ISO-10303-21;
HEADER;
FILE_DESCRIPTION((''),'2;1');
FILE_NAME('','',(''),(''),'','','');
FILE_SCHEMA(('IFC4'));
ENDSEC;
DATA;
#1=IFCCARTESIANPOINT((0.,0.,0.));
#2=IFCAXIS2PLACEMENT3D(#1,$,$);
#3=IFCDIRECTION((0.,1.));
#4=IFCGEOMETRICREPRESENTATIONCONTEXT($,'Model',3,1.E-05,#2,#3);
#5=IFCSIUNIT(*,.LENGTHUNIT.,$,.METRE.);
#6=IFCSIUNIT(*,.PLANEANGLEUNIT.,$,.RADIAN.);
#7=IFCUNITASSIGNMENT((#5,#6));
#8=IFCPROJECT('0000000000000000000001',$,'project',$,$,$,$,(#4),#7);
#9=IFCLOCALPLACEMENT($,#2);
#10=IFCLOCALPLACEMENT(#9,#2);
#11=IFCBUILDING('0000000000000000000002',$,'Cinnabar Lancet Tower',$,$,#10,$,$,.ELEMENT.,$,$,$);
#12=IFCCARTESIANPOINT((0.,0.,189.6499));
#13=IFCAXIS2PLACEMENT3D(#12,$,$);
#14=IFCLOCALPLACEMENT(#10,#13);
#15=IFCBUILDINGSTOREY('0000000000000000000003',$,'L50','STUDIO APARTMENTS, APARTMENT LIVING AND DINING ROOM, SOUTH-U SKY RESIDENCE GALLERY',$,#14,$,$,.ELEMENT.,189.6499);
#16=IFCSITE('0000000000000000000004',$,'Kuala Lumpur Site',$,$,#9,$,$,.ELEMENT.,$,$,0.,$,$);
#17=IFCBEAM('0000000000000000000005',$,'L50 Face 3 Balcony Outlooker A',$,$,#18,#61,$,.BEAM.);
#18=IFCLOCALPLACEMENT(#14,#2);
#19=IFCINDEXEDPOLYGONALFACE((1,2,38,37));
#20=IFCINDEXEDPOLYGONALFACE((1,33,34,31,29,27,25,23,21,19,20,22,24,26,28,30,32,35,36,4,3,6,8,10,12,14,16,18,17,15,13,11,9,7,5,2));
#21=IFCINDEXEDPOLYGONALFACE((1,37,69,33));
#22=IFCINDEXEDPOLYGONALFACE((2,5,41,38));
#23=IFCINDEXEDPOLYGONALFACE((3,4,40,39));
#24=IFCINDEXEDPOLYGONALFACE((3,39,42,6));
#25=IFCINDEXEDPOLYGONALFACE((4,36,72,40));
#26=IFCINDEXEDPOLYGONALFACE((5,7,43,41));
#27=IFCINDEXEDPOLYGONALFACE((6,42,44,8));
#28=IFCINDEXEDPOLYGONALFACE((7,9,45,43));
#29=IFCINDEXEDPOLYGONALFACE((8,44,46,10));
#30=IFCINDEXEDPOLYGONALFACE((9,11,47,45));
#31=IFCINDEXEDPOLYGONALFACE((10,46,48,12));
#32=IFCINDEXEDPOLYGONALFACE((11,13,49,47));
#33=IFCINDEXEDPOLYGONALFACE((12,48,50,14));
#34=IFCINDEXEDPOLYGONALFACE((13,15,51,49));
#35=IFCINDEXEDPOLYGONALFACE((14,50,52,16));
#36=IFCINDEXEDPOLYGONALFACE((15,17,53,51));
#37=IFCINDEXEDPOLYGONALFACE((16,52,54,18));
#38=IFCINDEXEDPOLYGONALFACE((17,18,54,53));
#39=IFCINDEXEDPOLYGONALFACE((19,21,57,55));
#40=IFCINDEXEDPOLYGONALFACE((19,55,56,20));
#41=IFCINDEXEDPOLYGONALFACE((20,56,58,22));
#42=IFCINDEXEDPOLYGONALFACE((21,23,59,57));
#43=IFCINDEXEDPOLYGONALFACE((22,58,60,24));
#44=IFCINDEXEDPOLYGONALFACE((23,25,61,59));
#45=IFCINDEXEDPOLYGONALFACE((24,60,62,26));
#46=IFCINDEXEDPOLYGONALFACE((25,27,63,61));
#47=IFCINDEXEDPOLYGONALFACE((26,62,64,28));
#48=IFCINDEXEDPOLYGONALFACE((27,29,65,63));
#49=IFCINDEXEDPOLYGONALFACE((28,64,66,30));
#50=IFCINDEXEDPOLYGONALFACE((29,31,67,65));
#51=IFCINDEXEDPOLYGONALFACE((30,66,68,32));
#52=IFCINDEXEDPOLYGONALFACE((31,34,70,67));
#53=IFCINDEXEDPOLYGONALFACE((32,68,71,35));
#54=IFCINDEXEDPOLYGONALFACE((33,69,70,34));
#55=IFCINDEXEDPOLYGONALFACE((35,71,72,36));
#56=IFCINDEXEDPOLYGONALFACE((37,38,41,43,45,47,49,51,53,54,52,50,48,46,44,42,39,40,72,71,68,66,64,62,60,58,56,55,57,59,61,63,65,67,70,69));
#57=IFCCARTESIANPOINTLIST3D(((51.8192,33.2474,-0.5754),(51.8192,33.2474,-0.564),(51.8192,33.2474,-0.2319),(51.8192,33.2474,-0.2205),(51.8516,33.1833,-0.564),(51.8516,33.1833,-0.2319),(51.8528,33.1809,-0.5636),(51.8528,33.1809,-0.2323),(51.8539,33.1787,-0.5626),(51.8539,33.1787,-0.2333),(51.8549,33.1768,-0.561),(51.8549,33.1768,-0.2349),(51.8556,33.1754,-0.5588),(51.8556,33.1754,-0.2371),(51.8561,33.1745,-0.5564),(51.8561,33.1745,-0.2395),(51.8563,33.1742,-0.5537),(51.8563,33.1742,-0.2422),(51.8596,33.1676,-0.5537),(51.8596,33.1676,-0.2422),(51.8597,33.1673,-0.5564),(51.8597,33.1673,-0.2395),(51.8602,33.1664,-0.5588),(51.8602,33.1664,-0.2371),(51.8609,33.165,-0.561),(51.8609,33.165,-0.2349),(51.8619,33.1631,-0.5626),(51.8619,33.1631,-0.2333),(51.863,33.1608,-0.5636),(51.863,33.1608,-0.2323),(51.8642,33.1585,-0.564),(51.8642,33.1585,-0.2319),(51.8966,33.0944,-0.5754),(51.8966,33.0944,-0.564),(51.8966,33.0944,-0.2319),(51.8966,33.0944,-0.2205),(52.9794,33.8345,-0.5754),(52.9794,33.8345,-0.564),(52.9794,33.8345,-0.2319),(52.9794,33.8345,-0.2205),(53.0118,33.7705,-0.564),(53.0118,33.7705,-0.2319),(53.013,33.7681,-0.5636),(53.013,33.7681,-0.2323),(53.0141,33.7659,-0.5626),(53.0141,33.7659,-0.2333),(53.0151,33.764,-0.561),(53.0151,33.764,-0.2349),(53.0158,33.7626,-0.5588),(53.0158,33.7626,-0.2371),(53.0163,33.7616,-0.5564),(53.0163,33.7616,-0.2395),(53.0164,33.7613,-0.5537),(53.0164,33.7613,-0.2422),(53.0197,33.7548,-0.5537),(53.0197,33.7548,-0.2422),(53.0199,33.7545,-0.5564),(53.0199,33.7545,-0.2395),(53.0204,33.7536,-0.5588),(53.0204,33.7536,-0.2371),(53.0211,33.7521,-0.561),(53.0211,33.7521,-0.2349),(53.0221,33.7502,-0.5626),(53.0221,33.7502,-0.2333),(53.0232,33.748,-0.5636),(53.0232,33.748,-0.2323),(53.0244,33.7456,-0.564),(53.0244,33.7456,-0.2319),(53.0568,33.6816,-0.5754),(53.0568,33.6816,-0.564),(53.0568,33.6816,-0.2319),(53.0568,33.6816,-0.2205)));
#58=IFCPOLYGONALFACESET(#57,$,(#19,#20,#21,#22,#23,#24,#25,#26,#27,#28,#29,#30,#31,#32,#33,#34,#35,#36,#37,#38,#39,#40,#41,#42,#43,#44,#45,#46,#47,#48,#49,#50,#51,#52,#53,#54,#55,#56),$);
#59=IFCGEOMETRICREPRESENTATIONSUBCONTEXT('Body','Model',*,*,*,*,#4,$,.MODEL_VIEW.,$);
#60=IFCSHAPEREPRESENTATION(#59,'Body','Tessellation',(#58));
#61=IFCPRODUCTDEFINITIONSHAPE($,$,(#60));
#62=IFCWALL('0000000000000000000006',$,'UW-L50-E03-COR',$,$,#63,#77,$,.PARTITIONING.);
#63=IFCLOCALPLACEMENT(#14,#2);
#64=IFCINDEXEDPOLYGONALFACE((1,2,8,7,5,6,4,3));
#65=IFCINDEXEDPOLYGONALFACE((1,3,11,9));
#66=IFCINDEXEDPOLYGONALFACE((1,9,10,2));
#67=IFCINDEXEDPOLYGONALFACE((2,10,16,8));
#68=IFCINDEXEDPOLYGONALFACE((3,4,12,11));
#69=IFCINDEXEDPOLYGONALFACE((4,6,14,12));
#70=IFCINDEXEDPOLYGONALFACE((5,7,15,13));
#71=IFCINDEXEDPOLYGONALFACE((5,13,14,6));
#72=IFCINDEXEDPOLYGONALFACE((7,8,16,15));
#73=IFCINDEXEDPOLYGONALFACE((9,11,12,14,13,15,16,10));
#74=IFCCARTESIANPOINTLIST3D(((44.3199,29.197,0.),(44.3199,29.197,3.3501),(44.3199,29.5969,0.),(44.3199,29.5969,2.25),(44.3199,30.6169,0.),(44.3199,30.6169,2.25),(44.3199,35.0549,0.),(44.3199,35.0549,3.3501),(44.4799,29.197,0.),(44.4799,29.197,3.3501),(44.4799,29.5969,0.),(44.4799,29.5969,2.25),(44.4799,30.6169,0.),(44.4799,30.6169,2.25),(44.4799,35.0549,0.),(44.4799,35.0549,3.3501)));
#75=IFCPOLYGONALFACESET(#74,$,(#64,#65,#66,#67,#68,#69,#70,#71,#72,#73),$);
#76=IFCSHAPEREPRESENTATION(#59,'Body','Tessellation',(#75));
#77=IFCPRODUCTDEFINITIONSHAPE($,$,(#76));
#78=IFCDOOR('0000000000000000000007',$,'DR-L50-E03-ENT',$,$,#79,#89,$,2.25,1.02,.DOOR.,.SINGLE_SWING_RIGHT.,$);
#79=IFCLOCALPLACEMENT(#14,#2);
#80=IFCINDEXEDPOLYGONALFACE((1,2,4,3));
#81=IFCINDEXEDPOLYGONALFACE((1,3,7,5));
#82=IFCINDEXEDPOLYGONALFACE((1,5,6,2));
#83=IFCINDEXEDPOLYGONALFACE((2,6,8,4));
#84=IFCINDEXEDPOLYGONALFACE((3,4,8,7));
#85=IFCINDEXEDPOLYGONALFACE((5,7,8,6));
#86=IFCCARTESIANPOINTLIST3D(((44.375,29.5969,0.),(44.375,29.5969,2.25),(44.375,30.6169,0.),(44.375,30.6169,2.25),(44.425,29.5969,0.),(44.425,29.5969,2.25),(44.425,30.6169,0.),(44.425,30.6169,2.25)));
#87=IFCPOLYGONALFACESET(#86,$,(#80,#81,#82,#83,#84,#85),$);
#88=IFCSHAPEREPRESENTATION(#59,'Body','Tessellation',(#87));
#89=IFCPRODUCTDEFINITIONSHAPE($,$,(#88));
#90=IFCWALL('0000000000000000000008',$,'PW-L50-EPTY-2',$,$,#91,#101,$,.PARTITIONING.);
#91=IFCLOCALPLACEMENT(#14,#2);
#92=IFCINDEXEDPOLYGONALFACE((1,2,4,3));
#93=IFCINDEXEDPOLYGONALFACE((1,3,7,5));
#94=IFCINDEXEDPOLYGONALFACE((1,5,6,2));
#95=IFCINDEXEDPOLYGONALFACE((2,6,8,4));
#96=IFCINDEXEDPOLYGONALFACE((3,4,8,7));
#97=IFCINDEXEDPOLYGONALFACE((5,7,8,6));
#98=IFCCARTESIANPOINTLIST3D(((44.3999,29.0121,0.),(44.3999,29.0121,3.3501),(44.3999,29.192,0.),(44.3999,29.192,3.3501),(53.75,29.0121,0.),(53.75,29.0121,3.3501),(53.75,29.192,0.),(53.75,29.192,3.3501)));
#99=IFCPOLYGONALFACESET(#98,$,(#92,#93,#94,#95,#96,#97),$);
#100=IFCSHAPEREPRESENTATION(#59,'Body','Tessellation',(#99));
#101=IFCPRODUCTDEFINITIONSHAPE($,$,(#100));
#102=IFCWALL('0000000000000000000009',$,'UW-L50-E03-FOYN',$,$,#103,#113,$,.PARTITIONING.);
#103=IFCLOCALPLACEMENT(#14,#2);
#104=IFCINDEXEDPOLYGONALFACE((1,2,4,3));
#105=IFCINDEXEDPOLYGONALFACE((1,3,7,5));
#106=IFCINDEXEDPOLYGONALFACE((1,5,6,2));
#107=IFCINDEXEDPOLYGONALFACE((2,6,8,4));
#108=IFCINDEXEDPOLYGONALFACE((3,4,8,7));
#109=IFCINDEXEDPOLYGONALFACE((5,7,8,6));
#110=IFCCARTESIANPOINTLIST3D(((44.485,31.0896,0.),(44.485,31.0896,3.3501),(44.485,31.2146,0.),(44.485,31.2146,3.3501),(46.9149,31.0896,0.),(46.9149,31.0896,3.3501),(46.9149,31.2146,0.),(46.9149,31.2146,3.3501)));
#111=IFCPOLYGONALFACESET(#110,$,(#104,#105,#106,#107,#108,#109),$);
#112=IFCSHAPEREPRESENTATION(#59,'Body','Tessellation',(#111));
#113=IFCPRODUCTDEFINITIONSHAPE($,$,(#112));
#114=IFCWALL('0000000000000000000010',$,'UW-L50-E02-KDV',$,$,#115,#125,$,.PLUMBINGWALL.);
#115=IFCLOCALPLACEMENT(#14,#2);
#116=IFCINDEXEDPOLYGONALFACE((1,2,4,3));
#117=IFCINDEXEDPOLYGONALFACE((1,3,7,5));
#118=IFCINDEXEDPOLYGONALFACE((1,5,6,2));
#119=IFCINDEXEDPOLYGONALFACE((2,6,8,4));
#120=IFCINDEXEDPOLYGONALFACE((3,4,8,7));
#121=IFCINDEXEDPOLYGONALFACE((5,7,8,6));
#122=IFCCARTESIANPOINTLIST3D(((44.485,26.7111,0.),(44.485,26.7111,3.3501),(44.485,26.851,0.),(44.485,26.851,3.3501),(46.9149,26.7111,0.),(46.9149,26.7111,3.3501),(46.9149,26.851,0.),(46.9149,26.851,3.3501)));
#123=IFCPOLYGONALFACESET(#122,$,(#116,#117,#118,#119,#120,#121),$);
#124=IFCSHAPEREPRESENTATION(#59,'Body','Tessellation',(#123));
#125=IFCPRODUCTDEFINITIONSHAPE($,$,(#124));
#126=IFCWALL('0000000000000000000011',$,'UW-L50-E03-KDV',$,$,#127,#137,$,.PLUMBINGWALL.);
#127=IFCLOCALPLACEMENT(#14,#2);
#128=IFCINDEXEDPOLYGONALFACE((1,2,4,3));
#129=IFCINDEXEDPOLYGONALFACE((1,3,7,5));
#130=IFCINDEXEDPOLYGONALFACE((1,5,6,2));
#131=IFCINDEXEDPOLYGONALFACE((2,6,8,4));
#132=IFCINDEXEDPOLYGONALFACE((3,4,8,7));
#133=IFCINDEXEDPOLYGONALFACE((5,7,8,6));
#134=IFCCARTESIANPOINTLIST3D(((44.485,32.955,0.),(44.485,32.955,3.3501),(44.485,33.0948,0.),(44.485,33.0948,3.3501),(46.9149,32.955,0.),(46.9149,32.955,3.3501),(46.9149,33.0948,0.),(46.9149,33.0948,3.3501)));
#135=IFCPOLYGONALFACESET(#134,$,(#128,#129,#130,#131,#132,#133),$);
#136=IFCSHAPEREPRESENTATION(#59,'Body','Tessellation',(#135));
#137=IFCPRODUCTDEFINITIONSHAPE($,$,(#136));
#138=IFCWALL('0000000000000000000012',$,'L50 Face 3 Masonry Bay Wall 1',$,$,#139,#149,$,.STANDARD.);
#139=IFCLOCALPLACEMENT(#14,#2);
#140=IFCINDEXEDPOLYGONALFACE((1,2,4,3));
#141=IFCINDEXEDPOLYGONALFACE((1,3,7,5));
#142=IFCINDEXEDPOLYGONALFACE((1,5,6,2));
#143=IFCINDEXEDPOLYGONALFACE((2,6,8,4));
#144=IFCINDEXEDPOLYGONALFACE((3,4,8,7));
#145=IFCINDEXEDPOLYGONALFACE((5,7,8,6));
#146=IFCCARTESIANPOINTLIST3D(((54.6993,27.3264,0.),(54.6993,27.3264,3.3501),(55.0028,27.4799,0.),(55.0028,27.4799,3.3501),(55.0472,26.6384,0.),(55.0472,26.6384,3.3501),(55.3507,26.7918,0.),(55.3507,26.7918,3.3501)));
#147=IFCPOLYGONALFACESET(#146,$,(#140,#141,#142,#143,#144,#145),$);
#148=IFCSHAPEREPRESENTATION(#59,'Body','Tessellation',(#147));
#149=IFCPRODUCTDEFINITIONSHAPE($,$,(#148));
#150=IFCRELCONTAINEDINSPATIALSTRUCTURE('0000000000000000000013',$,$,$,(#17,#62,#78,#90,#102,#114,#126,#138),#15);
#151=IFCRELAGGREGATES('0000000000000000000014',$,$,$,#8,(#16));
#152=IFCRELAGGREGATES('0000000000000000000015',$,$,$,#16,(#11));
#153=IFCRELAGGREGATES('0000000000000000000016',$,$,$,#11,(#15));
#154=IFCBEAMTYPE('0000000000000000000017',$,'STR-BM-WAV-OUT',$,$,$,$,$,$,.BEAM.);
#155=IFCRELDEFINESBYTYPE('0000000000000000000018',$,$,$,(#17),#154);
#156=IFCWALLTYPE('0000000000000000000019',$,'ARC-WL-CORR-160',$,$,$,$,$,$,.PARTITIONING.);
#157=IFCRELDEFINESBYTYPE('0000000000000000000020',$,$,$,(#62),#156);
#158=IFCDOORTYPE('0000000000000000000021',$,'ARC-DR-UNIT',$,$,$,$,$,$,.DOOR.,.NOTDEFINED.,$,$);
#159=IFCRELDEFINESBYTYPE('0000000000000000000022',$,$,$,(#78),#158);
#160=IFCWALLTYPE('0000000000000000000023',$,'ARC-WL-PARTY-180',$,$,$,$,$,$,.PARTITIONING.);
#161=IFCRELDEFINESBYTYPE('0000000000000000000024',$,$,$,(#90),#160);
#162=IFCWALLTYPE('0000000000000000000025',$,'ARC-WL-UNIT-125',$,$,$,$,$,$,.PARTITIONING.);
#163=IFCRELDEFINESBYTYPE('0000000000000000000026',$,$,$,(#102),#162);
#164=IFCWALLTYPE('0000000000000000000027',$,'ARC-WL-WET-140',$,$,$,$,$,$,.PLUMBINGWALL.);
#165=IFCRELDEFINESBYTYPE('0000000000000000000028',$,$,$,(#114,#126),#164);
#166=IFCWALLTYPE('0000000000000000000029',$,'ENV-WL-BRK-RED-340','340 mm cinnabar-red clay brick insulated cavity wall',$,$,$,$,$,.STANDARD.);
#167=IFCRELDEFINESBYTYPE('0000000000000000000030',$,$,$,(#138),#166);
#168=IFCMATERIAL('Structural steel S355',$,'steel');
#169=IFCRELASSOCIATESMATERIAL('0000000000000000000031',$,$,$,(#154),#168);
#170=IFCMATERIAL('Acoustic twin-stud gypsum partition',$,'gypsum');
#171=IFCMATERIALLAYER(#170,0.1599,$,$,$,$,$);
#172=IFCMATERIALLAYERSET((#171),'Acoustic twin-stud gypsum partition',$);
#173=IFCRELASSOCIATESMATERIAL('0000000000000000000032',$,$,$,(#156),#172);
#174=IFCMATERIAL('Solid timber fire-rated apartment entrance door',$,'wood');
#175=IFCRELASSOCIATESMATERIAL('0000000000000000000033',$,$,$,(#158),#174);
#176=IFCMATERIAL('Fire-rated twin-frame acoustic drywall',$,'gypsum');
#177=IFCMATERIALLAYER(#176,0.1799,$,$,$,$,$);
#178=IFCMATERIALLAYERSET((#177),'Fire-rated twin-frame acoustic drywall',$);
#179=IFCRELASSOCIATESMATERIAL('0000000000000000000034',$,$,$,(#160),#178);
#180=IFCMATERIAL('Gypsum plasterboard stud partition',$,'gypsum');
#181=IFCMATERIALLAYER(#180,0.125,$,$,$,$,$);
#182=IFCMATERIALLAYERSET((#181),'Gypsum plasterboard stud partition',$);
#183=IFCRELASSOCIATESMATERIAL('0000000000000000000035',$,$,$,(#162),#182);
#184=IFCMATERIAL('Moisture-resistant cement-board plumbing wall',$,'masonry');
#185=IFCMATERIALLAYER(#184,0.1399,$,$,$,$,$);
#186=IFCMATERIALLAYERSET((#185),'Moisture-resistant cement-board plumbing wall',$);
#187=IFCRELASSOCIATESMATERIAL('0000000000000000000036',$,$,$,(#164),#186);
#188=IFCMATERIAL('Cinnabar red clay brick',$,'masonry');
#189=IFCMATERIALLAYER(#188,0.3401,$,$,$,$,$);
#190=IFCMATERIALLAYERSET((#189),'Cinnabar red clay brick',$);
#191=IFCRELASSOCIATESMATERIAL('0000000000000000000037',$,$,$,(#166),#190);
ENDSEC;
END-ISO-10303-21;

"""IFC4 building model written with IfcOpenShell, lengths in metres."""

from ifc_helpers import new_model, si_unit, direction, frame, frame_2d, origin, origin_2d, place, context, subcontext, project, spatial, rectangle, i_section, extrude, material, layer, layer_set, material_profile, profile_set, type_object, element, fill, save


model = new_model("IFC4")

# Units and contexts
model_context = context("Model", 3, precision=1e-05, world=origin(), true_north=direction((0.0, 1.0)))
body_context = subcontext(model_context, "Body", "Model", "MODEL_VIEW")
ifc_project = project(units=[si_unit("LENGTHUNIT", "METRE"), si_unit("PLANEANGLEUNIT", "RADIAN")], contexts=[model_context])

# Site, building, storey
site_placement = place(None, origin())
site = spatial("IfcSite", under=ifc_project, at=site_placement, Name="Kuala Lumpur Site", CompositionType="ELEMENT", RefElevation=0.0)
building_placement = place(site_placement, origin())
building = spatial("IfcBuilding", under=site, at=building_placement, Name="Cinnabar Lancet Tower", CompositionType="ELEMENT")
storey_placement = place(building_placement, frame((0.0, 0.0, 189.6499)))
storey = spatial("IfcBuildingStorey", under=building, at=storey_placement, Name="L50", Description="STUDIO APARTMENTS, APARTMENT LIVING AND DINING ROOM, SOUTH-U SKY RESIDENCE GALLERY", CompositionType="ELEMENT", Elevation=189.6499)

# Beam
ifc_material_1 = material(Name="Structural steel S355", Category="steel")
ifc_material_profile_1 = material_profile(ifc_material_1, i_section(OverallWidth=0.1714, OverallDepth=0.355, WebThickness=0.0073, FlangeThickness=0.0115, FilletRadius=0.0103, at=origin_2d()), Name="UKB 356x171x51")
ifc_profile_set_1 = profile_set([ifc_material_profile_1], Name="Structural steel S355")
beam_type_1 = type_object("IfcBeamType", Name="STR-BM-WAV-OUT", PredefinedType="BEAM", material=ifc_profile_set_1)
beam_1_placement = place(storey_placement, frame((51.8579, 33.1709, -0.3979), z_axis=(0.892239, 0.451564, 0.0), x_axis=(-0.451564, 0.892239, 0.0)))
element("IfcBeam", 1, at=beam_1_placement, inside=storey, type_object=beam_type_1, Name="L50 Face 3 Balcony Outlooker A", PredefinedType="BEAM", context=body_context, shape_type="SweptSolid", body=[
    extrude(i_section(OverallWidth=0.1714, OverallDepth=0.355, WebThickness=0.0073, FlangeThickness=0.0115, FilletRadius=0.0103, at=origin_2d()), origin(), (0.0, 0.0, 1.0), 1.3003),
])

# Wall, opening, door
ifc_material_2 = material(Name="Acoustic twin-stud gypsum partition", Category="gypsum")
ifc_layer_1 = layer(ifc_material_2, 0.1599)
ifc_layer_set_1 = layer_set([ifc_layer_1], Name="Acoustic twin-stud gypsum partition")
wall_type_1 = type_object("IfcWallType", Name="ARC-WL-CORR-160", PredefinedType="PARTITIONING", material=ifc_layer_set_1)
wall_1_placement = place(storey_placement, frame((44.3999, 29.197, 0.0), z_axis=(0.0, 0.0, 1.0), x_axis=(0.0, 1.0, 0.0)))
wall_1 = element("IfcWall", 2, at=wall_1_placement, inside=storey, type_object=wall_type_1, Name="UW-L50-E03-COR", PredefinedType="PARTITIONING", context=body_context, shape_type="SweptSolid", body=[
    extrude(rectangle(XDim=5.8579, YDim=0.1599, at=frame_2d((2.929, 0.0))), origin(), (0.0, 0.0, 1.0), 3.3501),
])
opening_1_placement = place(wall_1_placement, frame((0.3999, 0.0, 0.0)))
opening_1 = element("IfcOpeningElement", 3, at=opening_1_placement, cuts=wall_1, PredefinedType="OPENING", context=body_context, shape_type="SweptSolid", body=[
    extrude(rectangle(XDim=1.02, YDim=2.25, at=frame_2d((0.51, 1.125))), frame((0.0, 0.0898, 0.0), z_axis=(0.0, -1.0, 0.0), x_axis=(1.0, 0.0, 0.0)), (0.0, 0.0, 1.0), 0.1799),
])
ifc_material_3 = material(Name="Solid timber fire-rated apartment entrance door", Category="wood")
door_type_1 = type_object("IfcDoorType", Name="ARC-DR-UNIT", OperationType="NOTDEFINED", PredefinedType="DOOR", material=ifc_material_3)
door_1_placement = place(opening_1_placement, origin())
door_1 = element("IfcDoor", 4, at=door_1_placement, inside=storey, type_object=door_type_1, Name="DR-L50-E03-ENT", OperationType="SINGLE_SWING_RIGHT", OverallHeight=2.25, OverallWidth=1.02, PredefinedType="DOOR", context=body_context, shape_type="SweptSolid", body=[
    extrude(rectangle(XDim=1.02, YDim=2.25, at=frame_2d((0.51, 1.125))), frame((0.0, 0.0249, 0.0), z_axis=(0.0, -1.0, 0.0), x_axis=(1.0, 0.0, 0.0)), (0.0, 0.0, 1.0), 0.05),
])
fill(opening_1, door_1)

# Walls
ifc_material_4 = material(Name="Fire-rated twin-frame acoustic drywall", Category="gypsum")
ifc_layer_2 = layer(ifc_material_4, 0.1799)
ifc_layer_set_2 = layer_set([ifc_layer_2], Name="Fire-rated twin-frame acoustic drywall")
wall_type_2 = type_object("IfcWallType", Name="ARC-WL-PARTY-180", PredefinedType="PARTITIONING", material=ifc_layer_set_2)
wall_2_placement = place(storey_placement, frame((44.3999, 29.1021, 0.0), z_axis=(0.0, 0.0, 1.0), x_axis=(1.0, 0.0, 0.0)))
element("IfcWall", 5, at=wall_2_placement, inside=storey, type_object=wall_type_2, Name="PW-L50-EPTY-2", PredefinedType="PARTITIONING", context=body_context, shape_type="SweptSolid", body=[
    extrude(rectangle(XDim=9.3501, YDim=0.1799, at=frame_2d((4.675, 0.0))), origin(), (0.0, 0.0, 1.0), 3.3501),
])
ifc_material_5 = material(Name="Gypsum plasterboard stud partition", Category="gypsum")
ifc_layer_3 = layer(ifc_material_5, 0.125)
ifc_layer_set_3 = layer_set([ifc_layer_3], Name="Gypsum plasterboard stud partition")
wall_type_3 = type_object("IfcWallType", Name="ARC-WL-UNIT-125", PredefinedType="PARTITIONING", material=ifc_layer_set_3)
wall_3_placement = place(storey_placement, frame((44.4851, 31.1521, 0.0), z_axis=(0.0, 0.0, 1.0), x_axis=(1.0, 0.0, 0.0)))
element("IfcWall", 6, at=wall_3_placement, inside=storey, type_object=wall_type_3, Name="UW-L50-E03-FOYN", PredefinedType="PARTITIONING", context=body_context, shape_type="SweptSolid", body=[
    extrude(rectangle(XDim=2.4299, YDim=0.125, at=frame_2d((1.2148, 0.0))), origin(), (0.0, 0.0, 1.0), 3.3501),
])
ifc_material_6 = material(Name="Moisture-resistant cement-board plumbing wall", Category="masonry")
ifc_layer_4 = layer(ifc_material_6, 0.1399)
ifc_layer_set_4 = layer_set([ifc_layer_4], Name="Moisture-resistant cement-board plumbing wall")
wall_type_4 = type_object("IfcWallType", Name="ARC-WL-WET-140", PredefinedType="PLUMBINGWALL", material=ifc_layer_set_4)
wall_4_placement = place(storey_placement, frame((44.4851, 26.781, 0.0), z_axis=(0.0, 0.0, 1.0), x_axis=(1.0, 0.0, 0.0)))
element("IfcWall", 7, at=wall_4_placement, inside=storey, type_object=wall_type_4, Name="UW-L50-E02-KDV", PredefinedType="PLUMBINGWALL", context=body_context, shape_type="SweptSolid", body=[
    extrude(rectangle(XDim=2.4299, YDim=0.1399, at=frame_2d((1.2148, 0.0))), origin(), (0.0, 0.0, 1.0), 3.3501),
])

# Walls
wall_5_placement = place(storey_placement, frame((44.4851, 33.0249, 0.0), z_axis=(0.0, 0.0, 1.0), x_axis=(1.0, 0.0, 0.0)))
element("IfcWall", 8, at=wall_5_placement, inside=storey, type_object=wall_type_4, Name="UW-L50-E03-KDV", PredefinedType="PLUMBINGWALL", context=body_context, shape_type="SweptSolid", body=[
    extrude(rectangle(XDim=2.4299, YDim=0.1399, at=frame_2d((1.2148, 0.0))), origin(), (0.0, 0.0, 1.0), 3.3501),
])
ifc_material_7 = material(Name="Cinnabar red clay brick", Category="masonry")
ifc_layer_5 = layer(ifc_material_7, 0.3401)
ifc_layer_set_5 = layer_set([ifc_layer_5], Name="Cinnabar red clay brick")
wall_type_5 = type_object("IfcWallType", Name="ENV-WL-BRK-RED-340", Description="340 mm cinnabar-red clay brick insulated cavity wall", PredefinedType="STANDARD", material=ifc_layer_set_5)
wall_6_placement = place(storey_placement, frame((55.199, 26.7151, 0.0), z_axis=(0.0, 0.0, 1.0), x_axis=(-0.451262, 0.892391, 0.0)))
element("IfcWall", 9, at=wall_6_placement, inside=storey, type_object=wall_type_5, Name="L50 Face 3 Masonry Bay Wall 1", PredefinedType="STANDARD", context=body_context, shape_type="SweptSolid", body=[
    extrude(rectangle(XDim=0.771, YDim=0.3401, at=frame_2d((0.3855, 0.0))), origin(), (0.0, 0.0, 1.0), 3.3501),
])

save(model, "model.ifc")
